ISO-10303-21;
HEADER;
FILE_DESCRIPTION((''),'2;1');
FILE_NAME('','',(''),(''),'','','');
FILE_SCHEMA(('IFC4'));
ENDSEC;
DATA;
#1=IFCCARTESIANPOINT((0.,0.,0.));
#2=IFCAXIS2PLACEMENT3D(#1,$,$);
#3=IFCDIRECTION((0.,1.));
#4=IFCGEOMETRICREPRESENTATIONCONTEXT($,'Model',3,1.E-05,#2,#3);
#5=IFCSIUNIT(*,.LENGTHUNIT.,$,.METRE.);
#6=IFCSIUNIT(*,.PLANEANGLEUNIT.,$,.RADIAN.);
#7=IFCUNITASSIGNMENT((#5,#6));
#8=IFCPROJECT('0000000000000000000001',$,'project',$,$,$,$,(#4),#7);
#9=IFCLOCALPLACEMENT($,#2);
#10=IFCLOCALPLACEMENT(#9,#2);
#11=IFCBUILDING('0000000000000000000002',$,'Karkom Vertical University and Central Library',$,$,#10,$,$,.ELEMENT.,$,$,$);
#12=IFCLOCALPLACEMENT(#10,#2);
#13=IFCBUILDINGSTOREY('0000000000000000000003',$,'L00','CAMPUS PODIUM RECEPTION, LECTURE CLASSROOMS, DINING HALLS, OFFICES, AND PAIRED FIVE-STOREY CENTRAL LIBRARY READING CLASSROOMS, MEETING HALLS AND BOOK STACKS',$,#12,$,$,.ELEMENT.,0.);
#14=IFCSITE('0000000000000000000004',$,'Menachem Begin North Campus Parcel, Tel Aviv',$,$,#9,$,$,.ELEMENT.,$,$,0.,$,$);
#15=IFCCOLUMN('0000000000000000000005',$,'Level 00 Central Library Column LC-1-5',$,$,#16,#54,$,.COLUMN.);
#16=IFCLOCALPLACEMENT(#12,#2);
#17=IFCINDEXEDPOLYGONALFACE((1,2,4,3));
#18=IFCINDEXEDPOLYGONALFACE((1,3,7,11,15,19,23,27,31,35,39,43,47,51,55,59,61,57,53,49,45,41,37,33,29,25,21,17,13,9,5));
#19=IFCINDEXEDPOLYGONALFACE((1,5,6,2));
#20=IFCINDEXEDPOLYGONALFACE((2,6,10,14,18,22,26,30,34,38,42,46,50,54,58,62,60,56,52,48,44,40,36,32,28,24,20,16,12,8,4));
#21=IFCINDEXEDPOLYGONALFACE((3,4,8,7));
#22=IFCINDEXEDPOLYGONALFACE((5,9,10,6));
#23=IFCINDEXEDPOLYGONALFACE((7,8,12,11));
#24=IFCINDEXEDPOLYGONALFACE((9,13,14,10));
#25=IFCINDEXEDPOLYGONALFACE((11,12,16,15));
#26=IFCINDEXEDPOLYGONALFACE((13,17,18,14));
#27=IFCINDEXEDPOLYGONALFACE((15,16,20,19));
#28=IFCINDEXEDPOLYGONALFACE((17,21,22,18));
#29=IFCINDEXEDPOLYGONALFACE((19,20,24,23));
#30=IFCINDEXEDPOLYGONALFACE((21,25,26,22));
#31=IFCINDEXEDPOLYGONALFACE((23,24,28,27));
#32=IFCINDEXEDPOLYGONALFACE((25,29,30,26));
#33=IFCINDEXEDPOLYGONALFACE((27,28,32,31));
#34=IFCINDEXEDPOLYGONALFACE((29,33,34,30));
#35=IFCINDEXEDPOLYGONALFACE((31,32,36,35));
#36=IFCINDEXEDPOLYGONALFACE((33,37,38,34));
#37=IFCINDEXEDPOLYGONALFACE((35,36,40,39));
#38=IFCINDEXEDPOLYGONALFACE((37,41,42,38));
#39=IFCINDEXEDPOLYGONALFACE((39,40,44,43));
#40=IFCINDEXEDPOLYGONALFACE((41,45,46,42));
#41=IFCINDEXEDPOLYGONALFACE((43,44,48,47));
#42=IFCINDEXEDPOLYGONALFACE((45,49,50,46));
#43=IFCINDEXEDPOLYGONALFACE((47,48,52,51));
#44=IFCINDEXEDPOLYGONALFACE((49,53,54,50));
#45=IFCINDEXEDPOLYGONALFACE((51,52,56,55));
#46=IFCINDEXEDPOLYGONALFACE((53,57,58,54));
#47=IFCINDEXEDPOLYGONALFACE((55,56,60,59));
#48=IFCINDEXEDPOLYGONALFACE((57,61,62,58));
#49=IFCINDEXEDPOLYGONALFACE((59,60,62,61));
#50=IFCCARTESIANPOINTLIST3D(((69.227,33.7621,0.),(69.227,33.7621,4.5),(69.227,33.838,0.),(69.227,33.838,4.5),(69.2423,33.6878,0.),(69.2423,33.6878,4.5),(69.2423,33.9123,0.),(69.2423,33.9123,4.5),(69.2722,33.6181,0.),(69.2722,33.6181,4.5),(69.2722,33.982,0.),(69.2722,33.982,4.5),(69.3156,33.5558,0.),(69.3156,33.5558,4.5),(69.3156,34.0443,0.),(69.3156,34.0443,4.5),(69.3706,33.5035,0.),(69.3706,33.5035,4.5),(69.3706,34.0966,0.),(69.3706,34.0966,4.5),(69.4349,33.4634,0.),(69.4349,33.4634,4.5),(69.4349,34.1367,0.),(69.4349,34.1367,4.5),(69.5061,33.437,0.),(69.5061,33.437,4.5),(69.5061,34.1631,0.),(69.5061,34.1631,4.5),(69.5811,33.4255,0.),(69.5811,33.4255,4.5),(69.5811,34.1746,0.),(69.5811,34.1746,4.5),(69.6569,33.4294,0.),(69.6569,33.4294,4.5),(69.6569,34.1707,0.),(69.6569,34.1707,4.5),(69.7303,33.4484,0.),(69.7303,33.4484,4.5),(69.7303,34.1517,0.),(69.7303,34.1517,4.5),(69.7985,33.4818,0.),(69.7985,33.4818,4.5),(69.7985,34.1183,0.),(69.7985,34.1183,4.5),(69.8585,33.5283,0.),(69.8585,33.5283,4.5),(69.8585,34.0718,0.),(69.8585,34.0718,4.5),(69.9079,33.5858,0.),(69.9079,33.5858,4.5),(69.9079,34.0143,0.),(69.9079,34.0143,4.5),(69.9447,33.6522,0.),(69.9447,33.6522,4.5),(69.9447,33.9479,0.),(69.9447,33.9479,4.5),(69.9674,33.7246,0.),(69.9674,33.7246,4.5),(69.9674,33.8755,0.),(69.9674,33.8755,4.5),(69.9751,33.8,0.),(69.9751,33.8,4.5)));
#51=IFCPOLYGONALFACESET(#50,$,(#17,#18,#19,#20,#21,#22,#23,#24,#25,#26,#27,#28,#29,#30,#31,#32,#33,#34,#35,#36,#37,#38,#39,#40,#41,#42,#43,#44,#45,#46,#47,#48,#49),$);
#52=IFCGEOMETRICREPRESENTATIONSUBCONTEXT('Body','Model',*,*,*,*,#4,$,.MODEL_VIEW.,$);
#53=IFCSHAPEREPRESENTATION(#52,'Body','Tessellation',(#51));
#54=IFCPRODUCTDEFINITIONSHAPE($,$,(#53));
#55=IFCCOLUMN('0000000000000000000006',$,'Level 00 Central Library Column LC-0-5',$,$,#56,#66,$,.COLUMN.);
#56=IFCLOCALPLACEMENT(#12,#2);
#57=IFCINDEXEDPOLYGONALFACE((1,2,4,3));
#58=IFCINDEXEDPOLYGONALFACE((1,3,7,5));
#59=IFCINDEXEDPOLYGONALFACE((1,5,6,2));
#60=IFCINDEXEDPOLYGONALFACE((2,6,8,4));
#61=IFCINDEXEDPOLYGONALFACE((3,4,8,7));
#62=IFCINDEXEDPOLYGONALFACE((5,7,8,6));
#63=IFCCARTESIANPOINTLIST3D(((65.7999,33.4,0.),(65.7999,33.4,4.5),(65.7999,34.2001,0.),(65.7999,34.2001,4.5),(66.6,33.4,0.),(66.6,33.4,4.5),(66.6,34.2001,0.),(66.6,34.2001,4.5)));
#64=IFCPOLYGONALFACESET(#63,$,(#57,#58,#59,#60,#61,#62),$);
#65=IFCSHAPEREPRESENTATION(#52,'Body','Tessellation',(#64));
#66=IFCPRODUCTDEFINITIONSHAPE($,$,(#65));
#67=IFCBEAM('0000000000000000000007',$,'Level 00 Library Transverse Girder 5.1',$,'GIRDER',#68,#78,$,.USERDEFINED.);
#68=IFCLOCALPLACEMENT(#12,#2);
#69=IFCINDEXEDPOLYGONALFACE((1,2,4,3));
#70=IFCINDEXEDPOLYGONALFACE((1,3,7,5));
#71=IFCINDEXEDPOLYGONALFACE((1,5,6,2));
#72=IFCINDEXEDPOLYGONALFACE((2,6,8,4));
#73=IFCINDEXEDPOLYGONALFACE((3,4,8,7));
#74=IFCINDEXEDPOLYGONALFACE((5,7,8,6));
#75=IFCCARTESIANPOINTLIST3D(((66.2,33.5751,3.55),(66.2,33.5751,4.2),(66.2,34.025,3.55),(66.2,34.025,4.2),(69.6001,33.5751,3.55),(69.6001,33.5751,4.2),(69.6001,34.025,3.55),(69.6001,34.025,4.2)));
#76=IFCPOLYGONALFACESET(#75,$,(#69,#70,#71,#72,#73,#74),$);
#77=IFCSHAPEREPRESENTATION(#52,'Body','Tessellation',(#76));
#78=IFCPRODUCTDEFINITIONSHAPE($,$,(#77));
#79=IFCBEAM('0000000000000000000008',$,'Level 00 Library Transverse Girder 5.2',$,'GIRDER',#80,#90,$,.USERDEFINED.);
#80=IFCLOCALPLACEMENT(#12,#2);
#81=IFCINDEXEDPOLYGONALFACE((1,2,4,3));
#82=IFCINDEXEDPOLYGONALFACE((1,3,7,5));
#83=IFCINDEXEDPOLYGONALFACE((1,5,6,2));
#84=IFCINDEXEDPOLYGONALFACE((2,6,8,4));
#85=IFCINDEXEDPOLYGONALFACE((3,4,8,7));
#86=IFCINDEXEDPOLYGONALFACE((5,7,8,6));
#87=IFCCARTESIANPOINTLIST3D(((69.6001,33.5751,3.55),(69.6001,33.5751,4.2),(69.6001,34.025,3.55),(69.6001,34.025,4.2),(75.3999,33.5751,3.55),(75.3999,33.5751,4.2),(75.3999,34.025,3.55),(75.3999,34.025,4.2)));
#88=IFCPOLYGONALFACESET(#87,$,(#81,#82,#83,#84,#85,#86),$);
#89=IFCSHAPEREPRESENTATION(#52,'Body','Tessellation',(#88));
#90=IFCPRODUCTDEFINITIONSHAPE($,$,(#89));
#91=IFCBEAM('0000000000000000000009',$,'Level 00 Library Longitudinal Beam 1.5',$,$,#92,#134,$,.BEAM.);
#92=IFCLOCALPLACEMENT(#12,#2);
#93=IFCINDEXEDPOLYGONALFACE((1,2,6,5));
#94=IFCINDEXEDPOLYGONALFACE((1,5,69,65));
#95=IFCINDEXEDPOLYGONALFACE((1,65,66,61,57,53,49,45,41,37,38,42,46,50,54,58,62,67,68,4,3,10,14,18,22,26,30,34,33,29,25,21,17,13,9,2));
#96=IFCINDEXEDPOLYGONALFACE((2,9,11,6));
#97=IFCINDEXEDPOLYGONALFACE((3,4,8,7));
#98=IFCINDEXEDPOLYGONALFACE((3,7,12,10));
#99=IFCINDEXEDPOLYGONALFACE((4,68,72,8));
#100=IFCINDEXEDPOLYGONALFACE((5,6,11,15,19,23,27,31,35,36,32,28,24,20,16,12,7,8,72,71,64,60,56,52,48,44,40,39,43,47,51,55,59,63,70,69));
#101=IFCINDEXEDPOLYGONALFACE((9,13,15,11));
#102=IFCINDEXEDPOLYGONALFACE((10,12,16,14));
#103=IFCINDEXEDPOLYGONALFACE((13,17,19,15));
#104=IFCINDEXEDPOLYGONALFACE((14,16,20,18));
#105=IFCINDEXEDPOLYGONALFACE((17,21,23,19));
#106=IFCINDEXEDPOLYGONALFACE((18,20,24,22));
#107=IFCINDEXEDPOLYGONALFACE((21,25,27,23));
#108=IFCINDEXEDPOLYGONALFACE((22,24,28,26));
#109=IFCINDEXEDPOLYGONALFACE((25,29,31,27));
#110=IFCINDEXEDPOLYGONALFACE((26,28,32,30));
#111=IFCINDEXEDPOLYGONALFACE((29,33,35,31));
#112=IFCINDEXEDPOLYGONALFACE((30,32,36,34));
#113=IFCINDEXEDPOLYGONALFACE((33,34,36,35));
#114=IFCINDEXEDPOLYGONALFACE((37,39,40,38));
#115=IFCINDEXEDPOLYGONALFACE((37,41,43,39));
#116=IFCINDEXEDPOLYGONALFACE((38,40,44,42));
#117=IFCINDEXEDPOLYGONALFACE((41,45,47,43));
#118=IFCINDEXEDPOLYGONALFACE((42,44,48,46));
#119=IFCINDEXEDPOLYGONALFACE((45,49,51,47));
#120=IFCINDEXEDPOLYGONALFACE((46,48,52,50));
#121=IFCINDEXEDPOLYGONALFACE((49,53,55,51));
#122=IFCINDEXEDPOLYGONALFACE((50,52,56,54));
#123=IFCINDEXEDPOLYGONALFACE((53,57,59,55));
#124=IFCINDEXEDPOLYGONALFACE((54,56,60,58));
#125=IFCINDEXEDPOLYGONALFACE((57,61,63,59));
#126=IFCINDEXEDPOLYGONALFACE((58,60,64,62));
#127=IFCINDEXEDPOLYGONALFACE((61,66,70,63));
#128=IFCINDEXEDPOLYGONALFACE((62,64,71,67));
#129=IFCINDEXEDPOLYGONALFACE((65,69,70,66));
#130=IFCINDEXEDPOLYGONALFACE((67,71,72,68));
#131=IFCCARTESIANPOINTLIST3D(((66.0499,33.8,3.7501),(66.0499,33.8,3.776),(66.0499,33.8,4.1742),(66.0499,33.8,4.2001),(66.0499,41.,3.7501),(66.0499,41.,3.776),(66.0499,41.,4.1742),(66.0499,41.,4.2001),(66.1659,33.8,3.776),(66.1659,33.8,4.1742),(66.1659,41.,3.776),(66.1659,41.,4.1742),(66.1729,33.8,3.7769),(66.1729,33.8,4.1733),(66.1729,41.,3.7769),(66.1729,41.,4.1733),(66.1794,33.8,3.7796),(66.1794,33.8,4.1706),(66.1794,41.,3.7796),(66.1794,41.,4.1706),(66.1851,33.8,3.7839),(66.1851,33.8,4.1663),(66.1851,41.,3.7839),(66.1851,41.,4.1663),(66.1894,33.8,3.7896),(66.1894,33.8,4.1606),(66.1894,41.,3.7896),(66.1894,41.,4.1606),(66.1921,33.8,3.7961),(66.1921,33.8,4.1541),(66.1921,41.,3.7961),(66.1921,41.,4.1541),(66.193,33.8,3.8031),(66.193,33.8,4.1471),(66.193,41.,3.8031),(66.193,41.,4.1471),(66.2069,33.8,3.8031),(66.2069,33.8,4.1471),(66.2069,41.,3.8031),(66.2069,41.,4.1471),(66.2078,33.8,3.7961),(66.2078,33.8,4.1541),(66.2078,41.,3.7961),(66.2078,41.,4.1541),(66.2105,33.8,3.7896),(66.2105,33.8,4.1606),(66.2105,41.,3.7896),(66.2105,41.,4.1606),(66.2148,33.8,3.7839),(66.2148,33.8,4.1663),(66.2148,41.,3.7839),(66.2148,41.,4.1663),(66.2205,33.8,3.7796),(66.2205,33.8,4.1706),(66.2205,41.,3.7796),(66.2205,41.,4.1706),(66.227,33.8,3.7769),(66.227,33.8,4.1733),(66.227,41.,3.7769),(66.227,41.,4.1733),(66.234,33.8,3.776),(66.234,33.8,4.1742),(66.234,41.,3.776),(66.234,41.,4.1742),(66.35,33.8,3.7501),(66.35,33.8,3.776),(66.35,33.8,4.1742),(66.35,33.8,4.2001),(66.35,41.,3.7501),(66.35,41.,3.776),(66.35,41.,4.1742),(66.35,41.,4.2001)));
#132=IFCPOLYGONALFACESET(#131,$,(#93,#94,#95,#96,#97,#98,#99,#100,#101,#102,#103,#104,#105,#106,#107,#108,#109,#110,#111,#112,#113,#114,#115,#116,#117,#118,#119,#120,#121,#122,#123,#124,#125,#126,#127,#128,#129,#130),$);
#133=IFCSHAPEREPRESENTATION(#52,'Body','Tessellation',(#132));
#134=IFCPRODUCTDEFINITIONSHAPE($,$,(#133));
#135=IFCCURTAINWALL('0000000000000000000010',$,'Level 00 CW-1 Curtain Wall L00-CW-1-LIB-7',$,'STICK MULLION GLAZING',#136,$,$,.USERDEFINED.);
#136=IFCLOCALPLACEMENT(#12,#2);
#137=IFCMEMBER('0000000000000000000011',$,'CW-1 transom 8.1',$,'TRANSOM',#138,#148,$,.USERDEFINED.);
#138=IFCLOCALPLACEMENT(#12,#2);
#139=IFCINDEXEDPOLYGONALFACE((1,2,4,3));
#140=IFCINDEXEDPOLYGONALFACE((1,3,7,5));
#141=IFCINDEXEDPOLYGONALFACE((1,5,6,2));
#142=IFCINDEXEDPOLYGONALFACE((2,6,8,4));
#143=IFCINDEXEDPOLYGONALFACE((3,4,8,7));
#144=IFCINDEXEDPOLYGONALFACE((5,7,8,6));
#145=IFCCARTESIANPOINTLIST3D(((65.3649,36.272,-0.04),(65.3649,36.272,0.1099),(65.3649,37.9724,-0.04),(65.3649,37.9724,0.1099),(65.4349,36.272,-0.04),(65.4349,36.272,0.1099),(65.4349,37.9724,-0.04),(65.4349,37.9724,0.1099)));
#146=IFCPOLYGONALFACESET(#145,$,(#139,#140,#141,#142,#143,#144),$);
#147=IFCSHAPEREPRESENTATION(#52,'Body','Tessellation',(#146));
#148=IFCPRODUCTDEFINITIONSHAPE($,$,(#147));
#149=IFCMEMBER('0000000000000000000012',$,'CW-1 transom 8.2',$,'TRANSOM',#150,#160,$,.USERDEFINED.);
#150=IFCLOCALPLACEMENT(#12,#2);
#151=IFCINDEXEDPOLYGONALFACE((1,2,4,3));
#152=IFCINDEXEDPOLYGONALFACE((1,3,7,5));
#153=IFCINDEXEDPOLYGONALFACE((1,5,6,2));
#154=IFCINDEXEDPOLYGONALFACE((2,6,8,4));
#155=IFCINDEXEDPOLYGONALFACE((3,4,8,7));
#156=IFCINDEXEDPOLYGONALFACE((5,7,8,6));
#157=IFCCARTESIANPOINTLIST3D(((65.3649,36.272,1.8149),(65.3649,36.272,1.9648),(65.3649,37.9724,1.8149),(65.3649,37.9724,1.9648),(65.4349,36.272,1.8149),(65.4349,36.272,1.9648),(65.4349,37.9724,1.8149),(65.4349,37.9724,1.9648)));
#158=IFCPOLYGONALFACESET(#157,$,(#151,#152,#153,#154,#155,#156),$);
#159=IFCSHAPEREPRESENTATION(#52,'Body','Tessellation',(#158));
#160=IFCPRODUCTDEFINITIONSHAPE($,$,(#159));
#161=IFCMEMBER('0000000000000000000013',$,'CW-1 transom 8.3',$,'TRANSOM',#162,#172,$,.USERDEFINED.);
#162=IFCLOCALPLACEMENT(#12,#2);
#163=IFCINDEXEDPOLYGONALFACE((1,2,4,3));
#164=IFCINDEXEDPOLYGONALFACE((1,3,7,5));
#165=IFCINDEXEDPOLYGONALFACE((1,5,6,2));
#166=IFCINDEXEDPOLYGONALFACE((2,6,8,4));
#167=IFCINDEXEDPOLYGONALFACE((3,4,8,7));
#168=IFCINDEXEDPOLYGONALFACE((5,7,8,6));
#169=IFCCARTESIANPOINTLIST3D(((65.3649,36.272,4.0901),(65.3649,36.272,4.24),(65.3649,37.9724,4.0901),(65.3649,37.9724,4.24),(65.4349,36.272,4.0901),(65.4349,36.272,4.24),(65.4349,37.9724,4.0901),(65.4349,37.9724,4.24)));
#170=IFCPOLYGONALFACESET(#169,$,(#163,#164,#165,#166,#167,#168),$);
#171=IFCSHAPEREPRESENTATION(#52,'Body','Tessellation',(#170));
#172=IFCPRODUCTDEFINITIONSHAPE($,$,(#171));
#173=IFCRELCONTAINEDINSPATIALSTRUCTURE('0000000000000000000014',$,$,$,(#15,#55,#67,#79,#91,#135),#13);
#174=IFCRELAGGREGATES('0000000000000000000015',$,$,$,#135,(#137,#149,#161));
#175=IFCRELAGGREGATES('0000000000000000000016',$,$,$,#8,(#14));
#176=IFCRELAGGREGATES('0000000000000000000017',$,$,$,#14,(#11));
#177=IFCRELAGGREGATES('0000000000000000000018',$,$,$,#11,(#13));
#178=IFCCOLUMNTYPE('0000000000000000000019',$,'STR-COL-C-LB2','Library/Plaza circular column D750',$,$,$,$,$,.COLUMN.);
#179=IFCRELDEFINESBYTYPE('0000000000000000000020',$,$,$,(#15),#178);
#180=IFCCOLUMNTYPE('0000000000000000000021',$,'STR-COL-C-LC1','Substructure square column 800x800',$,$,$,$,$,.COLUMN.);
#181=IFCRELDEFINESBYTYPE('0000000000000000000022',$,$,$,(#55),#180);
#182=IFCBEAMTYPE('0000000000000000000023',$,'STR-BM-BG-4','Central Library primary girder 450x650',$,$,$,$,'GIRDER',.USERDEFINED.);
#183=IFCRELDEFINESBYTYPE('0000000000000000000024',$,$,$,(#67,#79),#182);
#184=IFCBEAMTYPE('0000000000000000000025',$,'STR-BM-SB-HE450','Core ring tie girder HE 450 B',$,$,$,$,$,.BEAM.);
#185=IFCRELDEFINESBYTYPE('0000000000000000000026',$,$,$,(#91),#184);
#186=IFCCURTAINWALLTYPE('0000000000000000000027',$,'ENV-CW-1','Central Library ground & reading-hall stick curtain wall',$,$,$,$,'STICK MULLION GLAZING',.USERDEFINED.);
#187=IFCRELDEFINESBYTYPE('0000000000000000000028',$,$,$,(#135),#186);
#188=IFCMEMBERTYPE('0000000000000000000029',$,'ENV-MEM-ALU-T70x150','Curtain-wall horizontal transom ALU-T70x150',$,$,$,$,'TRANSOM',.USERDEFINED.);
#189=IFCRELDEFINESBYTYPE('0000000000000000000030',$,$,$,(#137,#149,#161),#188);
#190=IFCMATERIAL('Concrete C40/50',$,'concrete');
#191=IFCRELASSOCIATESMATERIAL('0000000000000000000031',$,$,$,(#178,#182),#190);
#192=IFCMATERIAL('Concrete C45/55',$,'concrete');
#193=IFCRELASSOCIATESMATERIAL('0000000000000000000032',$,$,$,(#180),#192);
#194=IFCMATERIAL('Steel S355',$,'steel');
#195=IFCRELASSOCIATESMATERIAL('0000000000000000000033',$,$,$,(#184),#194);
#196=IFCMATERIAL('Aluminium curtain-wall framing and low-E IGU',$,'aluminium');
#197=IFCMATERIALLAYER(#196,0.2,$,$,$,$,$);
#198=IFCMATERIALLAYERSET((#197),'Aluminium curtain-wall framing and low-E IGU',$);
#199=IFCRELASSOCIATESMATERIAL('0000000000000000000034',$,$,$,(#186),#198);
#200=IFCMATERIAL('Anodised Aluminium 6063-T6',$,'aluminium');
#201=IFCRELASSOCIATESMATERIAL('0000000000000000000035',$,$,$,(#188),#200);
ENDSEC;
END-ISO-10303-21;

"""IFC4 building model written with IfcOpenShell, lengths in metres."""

from ifc_helpers import new_model, si_unit, direction, frame, origin, origin_with_axes, origin_2d, place, context, subcontext, project, spatial, rectangle, circle, i_section, extrude, source, transform, mapped, material, layer, layer_set, material_profile, profile_set, type_object, element, aggregate, save


model = new_model("IFC4")

# Units and contexts
model_context = context("Model", 3, precision=1e-05, world=origin(), true_north=direction((0.0, 1.0)))
body_context = subcontext(model_context, "Body", "Model", "MODEL_VIEW")
ifc_project = project(units=[si_unit("LENGTHUNIT", "METRE"), si_unit("PLANEANGLEUNIT", "RADIAN")], contexts=[model_context])

# Site, building, storey
site_placement = place(None, origin())
site = spatial("IfcSite", under=ifc_project, at=site_placement, Name="Menachem Begin North Campus Parcel, Tel Aviv", CompositionType="ELEMENT", RefElevation=0.0)
building_placement = place(site_placement, origin())
building = spatial("IfcBuilding", under=site, at=building_placement, Name="Karkom Vertical University and Central Library", CompositionType="ELEMENT")
storey_placement = place(building_placement, origin())
storey = spatial("IfcBuildingStorey", under=building, at=storey_placement, Name="L00", Description="CAMPUS PODIUM RECEPTION, LECTURE CLASSROOMS, DINING HALLS, OFFICES, AND PAIRED FIVE-STOREY CENTRAL LIBRARY READING CLASSROOMS, MEETING HALLS AND BOOK STACKS", CompositionType="ELEMENT", Elevation=0.0)

# Columns
ifc_material_1 = material(Name="Concrete C40/50", Category="concrete")
ifc_material_profile_1 = material_profile(ifc_material_1, circle(Radius=0.375, at=origin_2d()), Name="RC-D750")
ifc_profile_set_1 = profile_set([ifc_material_profile_1], Name="Concrete C40/50")
column_type_1 = type_object("IfcColumnType", Name="STR-COL-C-LB2", Description="Library/Plaza circular column D750", PredefinedType="COLUMN", material=ifc_profile_set_1)
shared_shape_1 = source(origin_with_axes(), body_context, "Body", "SweptSolid", [
    extrude(circle(Radius=0.375, at=origin_2d()), origin(), (0.0, 0.0, 1.0), 4.5),
])
column_1_placement = place(storey_placement, frame((69.6001, 33.8, 0.0), z_axis=(0.0, 0.0, 1.0), x_axis=(1.0, 0.0, 0.0)))
element("IfcColumn", 1, at=column_1_placement, inside=storey, type_object=column_type_1, Name="Level 00 Central Library Column LC-1-5", PredefinedType="COLUMN", context=body_context, shape_type="MappedRepresentation", body=[
    mapped(shared_shape_1, transform((0.0, 0.0, 0.0), scale=1.0)),
])
ifc_material_2 = material(Name="Concrete C45/55", Category="concrete")
ifc_material_profile_2 = material_profile(ifc_material_2, rectangle(XDim=0.8, YDim=0.8, at=origin_2d()), Name="RC-800x800")
ifc_profile_set_2 = profile_set([ifc_material_profile_2], Name="Concrete C45/55")
column_type_2 = type_object("IfcColumnType", Name="STR-COL-C-LC1", Description="Substructure square column 800x800", PredefinedType="COLUMN", material=ifc_profile_set_2)
shared_shape_2 = source(origin_with_axes(), body_context, "Body", "SweptSolid", [
    extrude(rectangle(XDim=0.8, YDim=0.8, at=origin_2d()), origin(), (0.0, 0.0, 1.0), 4.5),
])
column_2_placement = place(storey_placement, frame((66.2, 33.8, 0.0), z_axis=(0.0, 0.0, 1.0), x_axis=(1.0, 0.0, 0.0)))
element("IfcColumn", 2, at=column_2_placement, inside=storey, type_object=column_type_2, Name="Level 00 Central Library Column LC-0-5", PredefinedType="COLUMN", context=body_context, shape_type="MappedRepresentation", body=[
    mapped(shared_shape_2, transform((0.0, 0.0, 0.0), scale=1.0)),
])

# Beams
ifc_material_profile_3 = material_profile(ifc_material_1, rectangle(XDim=0.45, YDim=0.6499, at=origin_2d()), Name="RCB-450x650")
ifc_profile_set_3 = profile_set([ifc_material_profile_3], Name="Concrete C40/50")
beam_type_1 = type_object("IfcBeamType", Name="STR-BM-BG-4", Description="Central Library primary girder 450x650", ElementType="GIRDER", PredefinedType="USERDEFINED", material=ifc_profile_set_3)
shared_shape_3 = source(origin_with_axes(), body_context, "Body", "SweptSolid", [
    extrude(rectangle(XDim=0.45, YDim=0.6499, at=origin_2d()), origin(), (0.0, 0.0, 1.0), 3.4001),
])
beam_1_placement = place(storey_placement, frame((66.2, 33.8, 3.875), z_axis=(1.0, 0.0, 0.0), x_axis=(0.0, 1.0, 0.0)))
element("IfcBeam", 3, at=beam_1_placement, inside=storey, type_object=beam_type_1, Name="Level 00 Library Transverse Girder 5.1", ObjectType="GIRDER", PredefinedType="USERDEFINED", context=body_context, shape_type="MappedRepresentation", body=[
    mapped(shared_shape_3, transform((0.0, 0.0, 0.0), scale=1.0)),
])
shared_shape_4 = source(origin_with_axes(), body_context, "Body", "SweptSolid", [
    extrude(rectangle(XDim=0.45, YDim=0.6499, at=origin_2d()), origin(), (0.0, 0.0, 1.0), 5.7998),
])
beam_2_placement = place(storey_placement, frame((69.6001, 33.8, 3.875), z_axis=(1.0, 0.0, 0.0), x_axis=(0.0, 1.0, 0.0)))
element("IfcBeam", 4, at=beam_2_placement, inside=storey, type_object=beam_type_1, Name="Level 00 Library Transverse Girder 5.2", ObjectType="GIRDER", PredefinedType="USERDEFINED", context=body_context, shape_type="MappedRepresentation", body=[
    mapped(shared_shape_4, transform((0.0, 0.0, 0.0), scale=1.0)),
])
ifc_material_3 = material(Name="Steel S355", Category="steel")
ifc_material_profile_4 = material_profile(ifc_material_3, i_section(OverallWidth=0.3, OverallDepth=0.45, WebThickness=0.0139, FlangeThickness=0.0259, FilletRadius=0.0271, at=origin_2d()), Name="HE 450 B")
ifc_profile_set_4 = profile_set([ifc_material_profile_4], Name="Steel S355")
beam_type_2 = type_object("IfcBeamType", Name="STR-BM-SB-HE450", Description="Core ring tie girder HE 450 B", PredefinedType="BEAM", material=ifc_profile_set_4)
shared_shape_5 = source(origin_with_axes(), body_context, "Body", "SweptSolid", [
    extrude(i_section(OverallWidth=0.3, OverallDepth=0.45, WebThickness=0.0139, FlangeThickness=0.0259, FilletRadius=0.0271, at=origin_2d()), origin(), (0.0, 0.0, 1.0), 7.2),
])
beam_3_placement = place(storey_placement, frame((66.2, 33.8, 3.9751), z_axis=(0.0, 1.0, 0.0), x_axis=(-1.0, 0.0, 0.0)))
element("IfcBeam", 5, at=beam_3_placement, inside=storey, type_object=beam_type_2, Name="Level 00 Library Longitudinal Beam 1.5", PredefinedType="BEAM", context=body_context, shape_type="MappedRepresentation", body=[
    mapped(shared_shape_5, transform((0.0, 0.0, 0.0), scale=1.0)),
])

# Curtain wall, members
ifc_material_4 = material(Name="Aluminium curtain-wall framing and low-E IGU", Category="aluminium")
ifc_layer_1 = layer(ifc_material_4, 0.2)
ifc_layer_set_1 = layer_set([ifc_layer_1], Name="Aluminium curtain-wall framing and low-E IGU")
curtain_wall_type = type_object("IfcCurtainWallType", Name="ENV-CW-1", Description="Central Library ground & reading-hall stick curtain wall", ElementType="STICK MULLION GLAZING", PredefinedType="USERDEFINED", material=ifc_layer_set_1)
curtain_wall_placement = place(storey_placement, origin())
curtain_wall = element("IfcCurtainWall", 6, at=curtain_wall_placement, inside=storey, type_object=curtain_wall_type, Name="Level 00 CW-1 Curtain Wall L00-CW-1-LIB-7", ObjectType="STICK MULLION GLAZING", PredefinedType="USERDEFINED")
ifc_material_5 = material(Name="Anodised Aluminium 6063-T6", Category="aluminium")
ifc_material_profile_5 = material_profile(ifc_material_5, rectangle(XDim=0.0701, YDim=0.1499, at=origin_2d()), Name="ALU-T70x150")
ifc_profile_set_5 = profile_set([ifc_material_profile_5], Name="Anodised Aluminium 6063-T6")
member_type_1 = type_object("IfcMemberType", Name="ENV-MEM-ALU-T70x150", Description="Curtain-wall horizontal transom ALU-T70x150", ElementType="TRANSOM", PredefinedType="USERDEFINED", material=ifc_profile_set_5)
shared_shape_6 = source(origin_with_axes(), body_context, "Body", "SweptSolid", [
    extrude(rectangle(XDim=0.0701, YDim=0.1499, at=origin_2d()), origin(), (0.0, 0.0, 1.0), 1.7004),
])
member_1_placement = place(storey_placement, frame((65.3999, 37.9724, 0.0349), z_axis=(0.0, -1.0, 0.0), x_axis=(1.0, 0.0, 0.0)))
member_1 = element("IfcMember", 7, at=member_1_placement, type_object=member_type_1, Name="CW-1 transom 8.1", ObjectType="TRANSOM", PredefinedType="USERDEFINED", context=body_context, shape_type="MappedRepresentation", body=[
    mapped(shared_shape_6, transform((0.0, 0.0, 0.0), scale=1.0)),
])
member_2_placement = place(storey_placement, frame((65.3999, 37.9724, 1.8899), z_axis=(0.0, -1.0, 0.0), x_axis=(1.0, 0.0, 0.0)))
member_2 = element("IfcMember", 8, at=member_2_placement, type_object=member_type_1, Name="CW-1 transom 8.2", ObjectType="TRANSOM", PredefinedType="USERDEFINED", context=body_context, shape_type="MappedRepresentation", body=[
    mapped(shared_shape_6, transform((0.0, 0.0, 0.0), scale=1.0)),
])
member_3_placement = place(storey_placement, frame((65.3999, 37.9724, 4.165), z_axis=(0.0, -1.0, 0.0), x_axis=(1.0, 0.0, 0.0)))
member_3 = element("IfcMember", 9, at=member_3_placement, type_object=member_type_1, Name="CW-1 transom 8.3", ObjectType="TRANSOM", PredefinedType="USERDEFINED", context=body_context, shape_type="MappedRepresentation", body=[
    mapped(shared_shape_6, transform((0.0, 0.0, 0.0), scale=1.0)),
])
aggregate(curtain_wall, [member_1, member_2, member_3])

save(model, "model.ifc")
